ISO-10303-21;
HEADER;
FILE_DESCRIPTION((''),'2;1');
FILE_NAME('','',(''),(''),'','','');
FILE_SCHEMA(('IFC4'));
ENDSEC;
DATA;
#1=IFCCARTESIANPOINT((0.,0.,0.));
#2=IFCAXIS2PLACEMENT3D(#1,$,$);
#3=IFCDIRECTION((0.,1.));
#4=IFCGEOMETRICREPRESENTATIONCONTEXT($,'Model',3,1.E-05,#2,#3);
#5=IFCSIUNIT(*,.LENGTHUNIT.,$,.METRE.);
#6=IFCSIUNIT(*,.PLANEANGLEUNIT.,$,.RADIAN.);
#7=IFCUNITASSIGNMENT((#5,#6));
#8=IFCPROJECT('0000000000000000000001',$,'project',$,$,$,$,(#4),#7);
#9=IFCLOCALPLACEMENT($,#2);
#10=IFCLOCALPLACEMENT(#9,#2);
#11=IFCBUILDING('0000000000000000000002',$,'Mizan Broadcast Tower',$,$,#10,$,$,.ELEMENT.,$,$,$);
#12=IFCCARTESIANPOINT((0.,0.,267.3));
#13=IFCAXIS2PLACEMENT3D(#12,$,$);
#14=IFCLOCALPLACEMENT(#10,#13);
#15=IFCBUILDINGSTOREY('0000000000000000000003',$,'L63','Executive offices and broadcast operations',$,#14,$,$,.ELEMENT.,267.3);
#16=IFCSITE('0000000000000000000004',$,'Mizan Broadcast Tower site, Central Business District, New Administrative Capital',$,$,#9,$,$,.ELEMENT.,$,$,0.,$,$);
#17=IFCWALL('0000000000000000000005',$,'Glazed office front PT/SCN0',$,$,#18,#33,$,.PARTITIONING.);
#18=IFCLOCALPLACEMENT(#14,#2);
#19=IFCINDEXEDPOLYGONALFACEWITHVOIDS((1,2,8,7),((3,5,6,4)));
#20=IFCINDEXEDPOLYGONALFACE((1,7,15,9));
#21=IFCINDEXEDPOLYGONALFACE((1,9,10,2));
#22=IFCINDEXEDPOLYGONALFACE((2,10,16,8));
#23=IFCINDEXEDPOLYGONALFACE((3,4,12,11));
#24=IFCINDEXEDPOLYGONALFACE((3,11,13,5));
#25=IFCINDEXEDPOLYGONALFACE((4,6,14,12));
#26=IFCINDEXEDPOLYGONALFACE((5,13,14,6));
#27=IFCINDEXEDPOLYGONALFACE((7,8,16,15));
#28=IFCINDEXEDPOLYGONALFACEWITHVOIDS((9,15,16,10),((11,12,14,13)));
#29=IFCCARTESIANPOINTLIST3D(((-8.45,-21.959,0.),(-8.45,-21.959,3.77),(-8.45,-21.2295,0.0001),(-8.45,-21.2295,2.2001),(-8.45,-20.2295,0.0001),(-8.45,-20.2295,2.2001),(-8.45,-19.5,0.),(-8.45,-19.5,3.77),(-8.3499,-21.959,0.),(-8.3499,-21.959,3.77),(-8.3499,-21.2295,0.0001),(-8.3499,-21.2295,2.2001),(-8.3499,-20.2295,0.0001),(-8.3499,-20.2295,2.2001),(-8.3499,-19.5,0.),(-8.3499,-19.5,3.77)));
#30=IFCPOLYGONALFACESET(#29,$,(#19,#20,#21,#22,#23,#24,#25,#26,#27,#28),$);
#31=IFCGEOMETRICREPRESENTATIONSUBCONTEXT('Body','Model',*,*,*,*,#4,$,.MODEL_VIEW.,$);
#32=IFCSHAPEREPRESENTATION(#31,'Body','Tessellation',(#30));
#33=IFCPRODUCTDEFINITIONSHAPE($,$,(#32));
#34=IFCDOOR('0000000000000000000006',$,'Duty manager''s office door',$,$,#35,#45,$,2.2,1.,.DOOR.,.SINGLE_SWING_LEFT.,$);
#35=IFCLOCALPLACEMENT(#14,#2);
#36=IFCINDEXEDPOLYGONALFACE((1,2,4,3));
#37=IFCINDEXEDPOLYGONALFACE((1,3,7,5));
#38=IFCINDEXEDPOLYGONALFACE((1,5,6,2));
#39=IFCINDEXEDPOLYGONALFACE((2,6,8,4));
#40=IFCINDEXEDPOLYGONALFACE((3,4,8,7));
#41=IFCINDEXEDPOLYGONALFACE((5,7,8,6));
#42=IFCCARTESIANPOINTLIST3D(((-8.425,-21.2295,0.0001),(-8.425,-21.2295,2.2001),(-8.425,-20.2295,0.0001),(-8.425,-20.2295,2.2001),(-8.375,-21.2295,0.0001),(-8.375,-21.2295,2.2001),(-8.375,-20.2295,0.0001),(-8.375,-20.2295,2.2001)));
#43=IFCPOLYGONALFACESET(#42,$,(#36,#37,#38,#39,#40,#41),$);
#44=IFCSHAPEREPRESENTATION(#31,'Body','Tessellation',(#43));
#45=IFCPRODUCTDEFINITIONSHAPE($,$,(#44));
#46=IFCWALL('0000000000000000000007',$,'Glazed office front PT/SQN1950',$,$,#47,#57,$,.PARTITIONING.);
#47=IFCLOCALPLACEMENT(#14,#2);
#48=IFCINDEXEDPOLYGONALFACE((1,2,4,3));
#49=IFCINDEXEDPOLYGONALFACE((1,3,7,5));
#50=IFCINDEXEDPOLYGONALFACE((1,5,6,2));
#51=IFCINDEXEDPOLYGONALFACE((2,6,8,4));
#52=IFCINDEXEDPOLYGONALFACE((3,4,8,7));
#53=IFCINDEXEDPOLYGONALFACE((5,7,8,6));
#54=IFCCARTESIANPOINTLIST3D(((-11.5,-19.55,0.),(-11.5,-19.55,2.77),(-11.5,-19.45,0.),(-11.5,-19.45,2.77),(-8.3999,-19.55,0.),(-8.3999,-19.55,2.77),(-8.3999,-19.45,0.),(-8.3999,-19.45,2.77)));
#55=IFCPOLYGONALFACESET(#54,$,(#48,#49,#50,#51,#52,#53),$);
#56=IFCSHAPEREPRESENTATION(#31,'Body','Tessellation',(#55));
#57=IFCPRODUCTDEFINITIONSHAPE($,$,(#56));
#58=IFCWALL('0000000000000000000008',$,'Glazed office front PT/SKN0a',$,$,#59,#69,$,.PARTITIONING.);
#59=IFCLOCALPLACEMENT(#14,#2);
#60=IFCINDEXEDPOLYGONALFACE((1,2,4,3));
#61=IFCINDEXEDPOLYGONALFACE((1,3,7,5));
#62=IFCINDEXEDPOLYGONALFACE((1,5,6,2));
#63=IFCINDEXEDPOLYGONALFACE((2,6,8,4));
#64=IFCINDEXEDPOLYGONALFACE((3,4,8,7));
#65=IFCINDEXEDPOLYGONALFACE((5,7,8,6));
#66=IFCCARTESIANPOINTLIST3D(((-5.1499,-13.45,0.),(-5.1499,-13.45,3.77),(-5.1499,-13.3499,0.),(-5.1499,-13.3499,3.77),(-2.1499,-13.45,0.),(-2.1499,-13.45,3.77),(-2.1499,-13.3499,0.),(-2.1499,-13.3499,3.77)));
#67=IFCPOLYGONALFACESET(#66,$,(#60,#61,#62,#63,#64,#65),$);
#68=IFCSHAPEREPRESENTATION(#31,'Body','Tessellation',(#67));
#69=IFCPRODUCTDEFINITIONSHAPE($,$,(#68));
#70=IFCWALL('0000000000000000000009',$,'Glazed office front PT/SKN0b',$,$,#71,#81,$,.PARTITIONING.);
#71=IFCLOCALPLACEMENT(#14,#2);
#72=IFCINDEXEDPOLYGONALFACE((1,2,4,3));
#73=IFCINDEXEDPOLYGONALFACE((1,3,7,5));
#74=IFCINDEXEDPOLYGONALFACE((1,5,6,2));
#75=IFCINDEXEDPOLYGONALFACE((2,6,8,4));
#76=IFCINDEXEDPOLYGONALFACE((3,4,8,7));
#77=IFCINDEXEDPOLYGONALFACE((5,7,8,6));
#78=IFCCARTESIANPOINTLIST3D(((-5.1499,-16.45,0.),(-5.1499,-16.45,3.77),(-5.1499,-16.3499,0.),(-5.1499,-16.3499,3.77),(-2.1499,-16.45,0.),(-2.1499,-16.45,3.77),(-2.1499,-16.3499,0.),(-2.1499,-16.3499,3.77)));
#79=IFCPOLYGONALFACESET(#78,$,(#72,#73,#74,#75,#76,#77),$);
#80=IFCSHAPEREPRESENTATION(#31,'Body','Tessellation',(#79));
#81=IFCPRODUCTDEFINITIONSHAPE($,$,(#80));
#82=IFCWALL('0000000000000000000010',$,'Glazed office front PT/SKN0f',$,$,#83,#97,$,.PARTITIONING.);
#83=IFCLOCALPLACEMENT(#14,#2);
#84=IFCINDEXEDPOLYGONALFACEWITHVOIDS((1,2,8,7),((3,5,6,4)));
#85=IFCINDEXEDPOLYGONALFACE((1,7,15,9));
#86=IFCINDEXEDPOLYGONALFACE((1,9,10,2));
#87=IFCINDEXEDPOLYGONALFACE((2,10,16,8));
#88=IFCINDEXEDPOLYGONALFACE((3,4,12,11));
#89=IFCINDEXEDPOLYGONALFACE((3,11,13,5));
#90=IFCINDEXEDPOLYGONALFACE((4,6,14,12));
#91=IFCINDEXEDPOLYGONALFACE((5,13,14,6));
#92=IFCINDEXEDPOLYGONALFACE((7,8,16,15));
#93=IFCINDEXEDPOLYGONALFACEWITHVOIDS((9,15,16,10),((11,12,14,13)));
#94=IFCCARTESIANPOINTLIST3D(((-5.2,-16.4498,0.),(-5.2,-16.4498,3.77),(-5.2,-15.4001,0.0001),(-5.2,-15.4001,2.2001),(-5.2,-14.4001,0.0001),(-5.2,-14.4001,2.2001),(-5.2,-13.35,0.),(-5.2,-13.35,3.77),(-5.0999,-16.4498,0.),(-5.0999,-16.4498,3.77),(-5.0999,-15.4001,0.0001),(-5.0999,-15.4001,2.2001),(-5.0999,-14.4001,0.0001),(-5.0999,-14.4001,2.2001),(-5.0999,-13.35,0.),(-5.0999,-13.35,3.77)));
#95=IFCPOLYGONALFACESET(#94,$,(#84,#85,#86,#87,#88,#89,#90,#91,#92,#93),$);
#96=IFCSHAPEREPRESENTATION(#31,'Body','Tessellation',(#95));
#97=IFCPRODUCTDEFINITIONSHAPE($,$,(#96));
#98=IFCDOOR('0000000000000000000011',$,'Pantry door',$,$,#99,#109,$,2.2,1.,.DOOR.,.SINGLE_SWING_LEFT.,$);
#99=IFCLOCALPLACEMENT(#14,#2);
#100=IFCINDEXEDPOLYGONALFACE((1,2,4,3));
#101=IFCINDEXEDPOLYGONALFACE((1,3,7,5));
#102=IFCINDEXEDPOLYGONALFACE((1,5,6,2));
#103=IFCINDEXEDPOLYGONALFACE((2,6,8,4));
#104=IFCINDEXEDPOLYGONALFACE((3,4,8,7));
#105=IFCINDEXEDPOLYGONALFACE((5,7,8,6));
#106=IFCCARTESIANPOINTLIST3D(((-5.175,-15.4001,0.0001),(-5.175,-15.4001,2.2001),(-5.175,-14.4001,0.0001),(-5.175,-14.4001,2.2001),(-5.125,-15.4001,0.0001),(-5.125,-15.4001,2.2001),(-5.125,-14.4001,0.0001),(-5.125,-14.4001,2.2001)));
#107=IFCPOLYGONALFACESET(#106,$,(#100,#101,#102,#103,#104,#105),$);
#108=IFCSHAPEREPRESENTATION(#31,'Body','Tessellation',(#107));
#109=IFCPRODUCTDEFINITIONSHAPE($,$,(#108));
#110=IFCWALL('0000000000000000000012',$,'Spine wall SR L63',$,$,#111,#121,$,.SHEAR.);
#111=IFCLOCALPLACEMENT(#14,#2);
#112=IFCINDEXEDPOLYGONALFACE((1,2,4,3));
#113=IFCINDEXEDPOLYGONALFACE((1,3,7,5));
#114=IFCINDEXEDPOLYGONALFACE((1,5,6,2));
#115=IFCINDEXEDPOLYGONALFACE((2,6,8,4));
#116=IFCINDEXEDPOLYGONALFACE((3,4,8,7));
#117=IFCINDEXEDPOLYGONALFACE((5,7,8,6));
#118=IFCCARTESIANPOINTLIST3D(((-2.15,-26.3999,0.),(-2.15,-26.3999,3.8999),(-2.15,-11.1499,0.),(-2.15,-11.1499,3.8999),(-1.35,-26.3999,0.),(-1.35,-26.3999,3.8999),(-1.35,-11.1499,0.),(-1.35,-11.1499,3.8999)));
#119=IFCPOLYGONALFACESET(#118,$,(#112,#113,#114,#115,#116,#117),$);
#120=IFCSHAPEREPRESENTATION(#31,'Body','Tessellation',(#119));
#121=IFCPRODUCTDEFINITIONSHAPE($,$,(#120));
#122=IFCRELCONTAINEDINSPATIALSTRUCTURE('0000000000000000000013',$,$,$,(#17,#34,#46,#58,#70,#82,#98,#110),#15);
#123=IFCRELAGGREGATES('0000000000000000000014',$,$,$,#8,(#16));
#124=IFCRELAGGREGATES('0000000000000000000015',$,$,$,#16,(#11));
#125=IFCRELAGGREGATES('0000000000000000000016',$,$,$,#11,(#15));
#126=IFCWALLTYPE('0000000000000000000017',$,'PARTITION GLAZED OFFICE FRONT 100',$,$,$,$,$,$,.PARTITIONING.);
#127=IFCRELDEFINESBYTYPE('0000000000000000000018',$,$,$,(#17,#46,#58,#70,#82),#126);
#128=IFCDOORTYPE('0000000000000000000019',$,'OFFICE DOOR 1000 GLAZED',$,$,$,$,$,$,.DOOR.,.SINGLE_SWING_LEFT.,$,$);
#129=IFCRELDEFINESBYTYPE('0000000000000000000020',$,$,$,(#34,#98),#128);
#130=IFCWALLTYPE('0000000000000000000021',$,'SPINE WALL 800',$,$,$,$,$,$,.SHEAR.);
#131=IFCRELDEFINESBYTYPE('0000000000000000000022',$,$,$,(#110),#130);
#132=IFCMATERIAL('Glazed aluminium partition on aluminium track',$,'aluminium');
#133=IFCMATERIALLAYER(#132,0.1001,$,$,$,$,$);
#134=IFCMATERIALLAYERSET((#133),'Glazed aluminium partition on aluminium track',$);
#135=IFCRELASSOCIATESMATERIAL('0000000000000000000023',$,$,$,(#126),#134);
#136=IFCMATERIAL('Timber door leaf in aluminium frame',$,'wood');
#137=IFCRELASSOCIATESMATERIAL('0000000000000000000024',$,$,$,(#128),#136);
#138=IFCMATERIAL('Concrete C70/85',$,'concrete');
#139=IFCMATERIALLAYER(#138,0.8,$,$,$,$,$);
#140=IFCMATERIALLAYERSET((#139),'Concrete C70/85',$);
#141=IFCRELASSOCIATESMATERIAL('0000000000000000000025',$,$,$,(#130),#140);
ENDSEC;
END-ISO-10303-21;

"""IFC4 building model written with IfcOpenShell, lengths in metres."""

from ifc_helpers import new_model, si_unit, direction, frame, frame_2d, origin, place, context, subcontext, project, spatial, rectangle, extrude, material, layer, layer_set, type_object, element, fill, save


model = new_model("IFC4")

# Units and contexts
model_context = context("Model", 3, precision=1e-05, world=origin(), true_north=direction((0.0, 1.0)))
body_context = subcontext(model_context, "Body", "Model", "MODEL_VIEW")
ifc_project = project(units=[si_unit("LENGTHUNIT", "METRE"), si_unit("PLANEANGLEUNIT", "RADIAN")], contexts=[model_context])

# Site, building, storey
site_placement = place(None, origin())
site = spatial("IfcSite", under=ifc_project, at=site_placement, Name="Mizan Broadcast Tower site, Central Business District, New Administrative Capital", CompositionType="ELEMENT", RefElevation=0.0)
building_placement = place(site_placement, origin())
building = spatial("IfcBuilding", under=site, at=building_placement, Name="Mizan Broadcast Tower", CompositionType="ELEMENT")
storey_placement = place(building_placement, frame((0.0, 0.0, 267.3)))
storey = spatial("IfcBuildingStorey", under=building, at=storey_placement, Name="L63", Description="Executive offices and broadcast operations", CompositionType="ELEMENT", Elevation=267.3)

# Wall, opening, door
ifc_material_1 = material(Name="Glazed aluminium partition on aluminium track", Category="aluminium")
ifc_layer_1 = layer(ifc_material_1, 0.1001)
ifc_layer_set_1 = layer_set([ifc_layer_1], Name="Glazed aluminium partition on aluminium track")
wall_type_1 = type_object("IfcWallType", Name="PARTITION GLAZED OFFICE FRONT 100", PredefinedType="PARTITIONING", material=ifc_layer_set_1)
wall_1_placement = place(storey_placement, frame((-8.3999, -19.5, 0.0), z_axis=(0.0, 0.0, 1.0), x_axis=(0.0, -1.0, 0.0)))
wall_1 = element("IfcWall", 1, at=wall_1_placement, inside=storey, type_object=wall_type_1, Name="Glazed office front PT/SCN0", PredefinedType="PARTITIONING", context=body_context, shape_type="SweptSolid", body=[
    extrude(rectangle(XDim=2.459, YDim=0.1001, at=frame_2d((1.2295, 0.0))), origin(), (0.0, 0.0, 1.0), 3.77),
])
opening_1_placement = place(wall_1_placement, frame((0.7295, 0.0, 0.0)))
opening_1 = element("IfcOpeningElement", 2, at=opening_1_placement, cuts=wall_1, PredefinedType="OPENING", context=body_context, shape_type="SweptSolid", body=[
    extrude(rectangle(XDim=1.0, YDim=2.2, at=frame_2d((0.5, 1.1001))), frame((0.0, 0.0601, 0.0), z_axis=(0.0, -1.0, 0.0), x_axis=(1.0, 0.0, 0.0)), (0.0, 0.0, 1.0), 0.1201),
])
ifc_material_2 = material(Name="Timber door leaf in aluminium frame", Category="wood")
door_type_1 = type_object("IfcDoorType", Name="OFFICE DOOR 1000 GLAZED", OperationType="SINGLE_SWING_LEFT", PredefinedType="DOOR", material=ifc_material_2)
door_1_placement = place(opening_1_placement, origin())
door_1 = element("IfcDoor", 3, at=door_1_placement, inside=storey, type_object=door_type_1, Name="Duty manager's office door", OperationType="SINGLE_SWING_LEFT", OverallHeight=2.2, OverallWidth=1.0, PredefinedType="DOOR", context=body_context, shape_type="SweptSolid", body=[
    extrude(rectangle(XDim=1.0, YDim=2.2, at=frame_2d((0.5, 1.1001))), frame((0.0, 0.0249, 0.0), z_axis=(0.0, -1.0, 0.0), x_axis=(1.0, 0.0, 0.0)), (0.0, 0.0, 1.0), 0.05),
])
fill(opening_1, door_1)

# Walls
wall_2_placement = place(storey_placement, frame((-8.3999, -19.5, 0.0), z_axis=(0.0, 0.0, 1.0), x_axis=(-1.0, 0.0, 0.0)))
element("IfcWall", 4, at=wall_2_placement, inside=storey, type_object=wall_type_1, Name="Glazed office front PT/SQN1950", PredefinedType="PARTITIONING", context=body_context, shape_type="SweptSolid", body=[
    extrude(rectangle(XDim=3.1001, YDim=0.1001, at=frame_2d((1.55, 0.0))), origin(), (0.0, 0.0, 1.0), 2.77),
])
for number, where, z_axis, x_axis, name in (
    (5, (-2.1499, -13.3999, 0.0), (0.0, 0.0, 1.0), (-1.0, 0.0, 0.0), "Glazed office front PT/SKN0a"),
    (6, (-2.1499, -16.3999, 0.0), (0.0, 0.0, 1.0), (-1.0, 0.0, 0.0), "Glazed office front PT/SKN0b"),
):
    element("IfcWall", number, at=place(storey_placement, frame(where, z_axis=z_axis, x_axis=x_axis)), inside=storey, type_object=wall_type_1, Name=name, PredefinedType="PARTITIONING", context=body_context, shape_type="SweptSolid", body=[
        extrude(rectangle(XDim=3.0, YDim=0.1001, at=frame_2d((1.5, 0.0))), origin(), (0.0, 0.0, 1.0), 3.77),
    ])

# Wall, opening, door
wall_3_placement = place(storey_placement, frame((-5.1499, -13.3501, 0.0), z_axis=(0.0, 0.0, 1.0), x_axis=(0.0, -1.0, 0.0)))
wall_3 = element("IfcWall", 7, at=wall_3_placement, inside=storey, type_object=wall_type_1, Name="Glazed office front PT/SKN0f", PredefinedType="PARTITIONING", context=body_context, shape_type="SweptSolid", body=[
    extrude(rectangle(XDim=3.0999, YDim=0.1001, at=frame_2d((1.5498, 0.0))), origin(), (0.0, 0.0, 1.0), 3.77),
])
opening_2_placement = place(wall_3_placement, frame((1.05, 0.0, 0.0)))
opening_2 = element("IfcOpeningElement", 8, at=opening_2_placement, cuts=wall_3, PredefinedType="OPENING", context=body_context, shape_type="SweptSolid", body=[
    extrude(rectangle(XDim=1.0, YDim=2.2, at=frame_2d((0.5, 1.1001))), frame((0.0, 0.0601, 0.0), z_axis=(0.0, -1.0, 0.0), x_axis=(1.0, 0.0, 0.0)), (0.0, 0.0, 1.0), 0.1201),
])
door_2_placement = place(opening_2_placement, origin())
door_2 = element("IfcDoor", 9, at=door_2_placement, inside=storey, type_object=door_type_1, Name="Pantry door", OperationType="SINGLE_SWING_LEFT", OverallHeight=2.2, OverallWidth=1.0, PredefinedType="DOOR", context=body_context, shape_type="SweptSolid", body=[
    extrude(rectangle(XDim=1.0, YDim=2.2, at=frame_2d((0.5, 1.1001))), frame((0.0, 0.0249, 0.0), z_axis=(0.0, -1.0, 0.0), x_axis=(1.0, 0.0, 0.0)), (0.0, 0.0, 1.0), 0.05),
])
fill(opening_2, door_2)

# Wall
ifc_material_3 = material(Name="Concrete C70/85", Category="concrete")
ifc_layer_2 = layer(ifc_material_3, 0.8)
ifc_layer_set_2 = layer_set([ifc_layer_2], Name="Concrete C70/85")
wall_type_2 = type_object("IfcWallType", Name="SPINE WALL 800", PredefinedType="SHEAR", material=ifc_layer_set_2)
wall_4_placement = place(storey_placement, frame((-1.75, -11.1499, 0.0), z_axis=(0.0, 0.0, 1.0), x_axis=(0.0, -1.0, 0.0)))
element("IfcWall", 10, at=wall_4_placement, inside=storey, type_object=wall_type_2, Name="Spine wall SR L63", PredefinedType="SHEAR", context=body_context, shape_type="SweptSolid", body=[
    extrude(rectangle(XDim=15.25, YDim=0.8, at=frame_2d((7.625, 0.0))), origin(), (0.0, 0.0, 1.0), 3.8999),
])

save(model, "model.ifc")
